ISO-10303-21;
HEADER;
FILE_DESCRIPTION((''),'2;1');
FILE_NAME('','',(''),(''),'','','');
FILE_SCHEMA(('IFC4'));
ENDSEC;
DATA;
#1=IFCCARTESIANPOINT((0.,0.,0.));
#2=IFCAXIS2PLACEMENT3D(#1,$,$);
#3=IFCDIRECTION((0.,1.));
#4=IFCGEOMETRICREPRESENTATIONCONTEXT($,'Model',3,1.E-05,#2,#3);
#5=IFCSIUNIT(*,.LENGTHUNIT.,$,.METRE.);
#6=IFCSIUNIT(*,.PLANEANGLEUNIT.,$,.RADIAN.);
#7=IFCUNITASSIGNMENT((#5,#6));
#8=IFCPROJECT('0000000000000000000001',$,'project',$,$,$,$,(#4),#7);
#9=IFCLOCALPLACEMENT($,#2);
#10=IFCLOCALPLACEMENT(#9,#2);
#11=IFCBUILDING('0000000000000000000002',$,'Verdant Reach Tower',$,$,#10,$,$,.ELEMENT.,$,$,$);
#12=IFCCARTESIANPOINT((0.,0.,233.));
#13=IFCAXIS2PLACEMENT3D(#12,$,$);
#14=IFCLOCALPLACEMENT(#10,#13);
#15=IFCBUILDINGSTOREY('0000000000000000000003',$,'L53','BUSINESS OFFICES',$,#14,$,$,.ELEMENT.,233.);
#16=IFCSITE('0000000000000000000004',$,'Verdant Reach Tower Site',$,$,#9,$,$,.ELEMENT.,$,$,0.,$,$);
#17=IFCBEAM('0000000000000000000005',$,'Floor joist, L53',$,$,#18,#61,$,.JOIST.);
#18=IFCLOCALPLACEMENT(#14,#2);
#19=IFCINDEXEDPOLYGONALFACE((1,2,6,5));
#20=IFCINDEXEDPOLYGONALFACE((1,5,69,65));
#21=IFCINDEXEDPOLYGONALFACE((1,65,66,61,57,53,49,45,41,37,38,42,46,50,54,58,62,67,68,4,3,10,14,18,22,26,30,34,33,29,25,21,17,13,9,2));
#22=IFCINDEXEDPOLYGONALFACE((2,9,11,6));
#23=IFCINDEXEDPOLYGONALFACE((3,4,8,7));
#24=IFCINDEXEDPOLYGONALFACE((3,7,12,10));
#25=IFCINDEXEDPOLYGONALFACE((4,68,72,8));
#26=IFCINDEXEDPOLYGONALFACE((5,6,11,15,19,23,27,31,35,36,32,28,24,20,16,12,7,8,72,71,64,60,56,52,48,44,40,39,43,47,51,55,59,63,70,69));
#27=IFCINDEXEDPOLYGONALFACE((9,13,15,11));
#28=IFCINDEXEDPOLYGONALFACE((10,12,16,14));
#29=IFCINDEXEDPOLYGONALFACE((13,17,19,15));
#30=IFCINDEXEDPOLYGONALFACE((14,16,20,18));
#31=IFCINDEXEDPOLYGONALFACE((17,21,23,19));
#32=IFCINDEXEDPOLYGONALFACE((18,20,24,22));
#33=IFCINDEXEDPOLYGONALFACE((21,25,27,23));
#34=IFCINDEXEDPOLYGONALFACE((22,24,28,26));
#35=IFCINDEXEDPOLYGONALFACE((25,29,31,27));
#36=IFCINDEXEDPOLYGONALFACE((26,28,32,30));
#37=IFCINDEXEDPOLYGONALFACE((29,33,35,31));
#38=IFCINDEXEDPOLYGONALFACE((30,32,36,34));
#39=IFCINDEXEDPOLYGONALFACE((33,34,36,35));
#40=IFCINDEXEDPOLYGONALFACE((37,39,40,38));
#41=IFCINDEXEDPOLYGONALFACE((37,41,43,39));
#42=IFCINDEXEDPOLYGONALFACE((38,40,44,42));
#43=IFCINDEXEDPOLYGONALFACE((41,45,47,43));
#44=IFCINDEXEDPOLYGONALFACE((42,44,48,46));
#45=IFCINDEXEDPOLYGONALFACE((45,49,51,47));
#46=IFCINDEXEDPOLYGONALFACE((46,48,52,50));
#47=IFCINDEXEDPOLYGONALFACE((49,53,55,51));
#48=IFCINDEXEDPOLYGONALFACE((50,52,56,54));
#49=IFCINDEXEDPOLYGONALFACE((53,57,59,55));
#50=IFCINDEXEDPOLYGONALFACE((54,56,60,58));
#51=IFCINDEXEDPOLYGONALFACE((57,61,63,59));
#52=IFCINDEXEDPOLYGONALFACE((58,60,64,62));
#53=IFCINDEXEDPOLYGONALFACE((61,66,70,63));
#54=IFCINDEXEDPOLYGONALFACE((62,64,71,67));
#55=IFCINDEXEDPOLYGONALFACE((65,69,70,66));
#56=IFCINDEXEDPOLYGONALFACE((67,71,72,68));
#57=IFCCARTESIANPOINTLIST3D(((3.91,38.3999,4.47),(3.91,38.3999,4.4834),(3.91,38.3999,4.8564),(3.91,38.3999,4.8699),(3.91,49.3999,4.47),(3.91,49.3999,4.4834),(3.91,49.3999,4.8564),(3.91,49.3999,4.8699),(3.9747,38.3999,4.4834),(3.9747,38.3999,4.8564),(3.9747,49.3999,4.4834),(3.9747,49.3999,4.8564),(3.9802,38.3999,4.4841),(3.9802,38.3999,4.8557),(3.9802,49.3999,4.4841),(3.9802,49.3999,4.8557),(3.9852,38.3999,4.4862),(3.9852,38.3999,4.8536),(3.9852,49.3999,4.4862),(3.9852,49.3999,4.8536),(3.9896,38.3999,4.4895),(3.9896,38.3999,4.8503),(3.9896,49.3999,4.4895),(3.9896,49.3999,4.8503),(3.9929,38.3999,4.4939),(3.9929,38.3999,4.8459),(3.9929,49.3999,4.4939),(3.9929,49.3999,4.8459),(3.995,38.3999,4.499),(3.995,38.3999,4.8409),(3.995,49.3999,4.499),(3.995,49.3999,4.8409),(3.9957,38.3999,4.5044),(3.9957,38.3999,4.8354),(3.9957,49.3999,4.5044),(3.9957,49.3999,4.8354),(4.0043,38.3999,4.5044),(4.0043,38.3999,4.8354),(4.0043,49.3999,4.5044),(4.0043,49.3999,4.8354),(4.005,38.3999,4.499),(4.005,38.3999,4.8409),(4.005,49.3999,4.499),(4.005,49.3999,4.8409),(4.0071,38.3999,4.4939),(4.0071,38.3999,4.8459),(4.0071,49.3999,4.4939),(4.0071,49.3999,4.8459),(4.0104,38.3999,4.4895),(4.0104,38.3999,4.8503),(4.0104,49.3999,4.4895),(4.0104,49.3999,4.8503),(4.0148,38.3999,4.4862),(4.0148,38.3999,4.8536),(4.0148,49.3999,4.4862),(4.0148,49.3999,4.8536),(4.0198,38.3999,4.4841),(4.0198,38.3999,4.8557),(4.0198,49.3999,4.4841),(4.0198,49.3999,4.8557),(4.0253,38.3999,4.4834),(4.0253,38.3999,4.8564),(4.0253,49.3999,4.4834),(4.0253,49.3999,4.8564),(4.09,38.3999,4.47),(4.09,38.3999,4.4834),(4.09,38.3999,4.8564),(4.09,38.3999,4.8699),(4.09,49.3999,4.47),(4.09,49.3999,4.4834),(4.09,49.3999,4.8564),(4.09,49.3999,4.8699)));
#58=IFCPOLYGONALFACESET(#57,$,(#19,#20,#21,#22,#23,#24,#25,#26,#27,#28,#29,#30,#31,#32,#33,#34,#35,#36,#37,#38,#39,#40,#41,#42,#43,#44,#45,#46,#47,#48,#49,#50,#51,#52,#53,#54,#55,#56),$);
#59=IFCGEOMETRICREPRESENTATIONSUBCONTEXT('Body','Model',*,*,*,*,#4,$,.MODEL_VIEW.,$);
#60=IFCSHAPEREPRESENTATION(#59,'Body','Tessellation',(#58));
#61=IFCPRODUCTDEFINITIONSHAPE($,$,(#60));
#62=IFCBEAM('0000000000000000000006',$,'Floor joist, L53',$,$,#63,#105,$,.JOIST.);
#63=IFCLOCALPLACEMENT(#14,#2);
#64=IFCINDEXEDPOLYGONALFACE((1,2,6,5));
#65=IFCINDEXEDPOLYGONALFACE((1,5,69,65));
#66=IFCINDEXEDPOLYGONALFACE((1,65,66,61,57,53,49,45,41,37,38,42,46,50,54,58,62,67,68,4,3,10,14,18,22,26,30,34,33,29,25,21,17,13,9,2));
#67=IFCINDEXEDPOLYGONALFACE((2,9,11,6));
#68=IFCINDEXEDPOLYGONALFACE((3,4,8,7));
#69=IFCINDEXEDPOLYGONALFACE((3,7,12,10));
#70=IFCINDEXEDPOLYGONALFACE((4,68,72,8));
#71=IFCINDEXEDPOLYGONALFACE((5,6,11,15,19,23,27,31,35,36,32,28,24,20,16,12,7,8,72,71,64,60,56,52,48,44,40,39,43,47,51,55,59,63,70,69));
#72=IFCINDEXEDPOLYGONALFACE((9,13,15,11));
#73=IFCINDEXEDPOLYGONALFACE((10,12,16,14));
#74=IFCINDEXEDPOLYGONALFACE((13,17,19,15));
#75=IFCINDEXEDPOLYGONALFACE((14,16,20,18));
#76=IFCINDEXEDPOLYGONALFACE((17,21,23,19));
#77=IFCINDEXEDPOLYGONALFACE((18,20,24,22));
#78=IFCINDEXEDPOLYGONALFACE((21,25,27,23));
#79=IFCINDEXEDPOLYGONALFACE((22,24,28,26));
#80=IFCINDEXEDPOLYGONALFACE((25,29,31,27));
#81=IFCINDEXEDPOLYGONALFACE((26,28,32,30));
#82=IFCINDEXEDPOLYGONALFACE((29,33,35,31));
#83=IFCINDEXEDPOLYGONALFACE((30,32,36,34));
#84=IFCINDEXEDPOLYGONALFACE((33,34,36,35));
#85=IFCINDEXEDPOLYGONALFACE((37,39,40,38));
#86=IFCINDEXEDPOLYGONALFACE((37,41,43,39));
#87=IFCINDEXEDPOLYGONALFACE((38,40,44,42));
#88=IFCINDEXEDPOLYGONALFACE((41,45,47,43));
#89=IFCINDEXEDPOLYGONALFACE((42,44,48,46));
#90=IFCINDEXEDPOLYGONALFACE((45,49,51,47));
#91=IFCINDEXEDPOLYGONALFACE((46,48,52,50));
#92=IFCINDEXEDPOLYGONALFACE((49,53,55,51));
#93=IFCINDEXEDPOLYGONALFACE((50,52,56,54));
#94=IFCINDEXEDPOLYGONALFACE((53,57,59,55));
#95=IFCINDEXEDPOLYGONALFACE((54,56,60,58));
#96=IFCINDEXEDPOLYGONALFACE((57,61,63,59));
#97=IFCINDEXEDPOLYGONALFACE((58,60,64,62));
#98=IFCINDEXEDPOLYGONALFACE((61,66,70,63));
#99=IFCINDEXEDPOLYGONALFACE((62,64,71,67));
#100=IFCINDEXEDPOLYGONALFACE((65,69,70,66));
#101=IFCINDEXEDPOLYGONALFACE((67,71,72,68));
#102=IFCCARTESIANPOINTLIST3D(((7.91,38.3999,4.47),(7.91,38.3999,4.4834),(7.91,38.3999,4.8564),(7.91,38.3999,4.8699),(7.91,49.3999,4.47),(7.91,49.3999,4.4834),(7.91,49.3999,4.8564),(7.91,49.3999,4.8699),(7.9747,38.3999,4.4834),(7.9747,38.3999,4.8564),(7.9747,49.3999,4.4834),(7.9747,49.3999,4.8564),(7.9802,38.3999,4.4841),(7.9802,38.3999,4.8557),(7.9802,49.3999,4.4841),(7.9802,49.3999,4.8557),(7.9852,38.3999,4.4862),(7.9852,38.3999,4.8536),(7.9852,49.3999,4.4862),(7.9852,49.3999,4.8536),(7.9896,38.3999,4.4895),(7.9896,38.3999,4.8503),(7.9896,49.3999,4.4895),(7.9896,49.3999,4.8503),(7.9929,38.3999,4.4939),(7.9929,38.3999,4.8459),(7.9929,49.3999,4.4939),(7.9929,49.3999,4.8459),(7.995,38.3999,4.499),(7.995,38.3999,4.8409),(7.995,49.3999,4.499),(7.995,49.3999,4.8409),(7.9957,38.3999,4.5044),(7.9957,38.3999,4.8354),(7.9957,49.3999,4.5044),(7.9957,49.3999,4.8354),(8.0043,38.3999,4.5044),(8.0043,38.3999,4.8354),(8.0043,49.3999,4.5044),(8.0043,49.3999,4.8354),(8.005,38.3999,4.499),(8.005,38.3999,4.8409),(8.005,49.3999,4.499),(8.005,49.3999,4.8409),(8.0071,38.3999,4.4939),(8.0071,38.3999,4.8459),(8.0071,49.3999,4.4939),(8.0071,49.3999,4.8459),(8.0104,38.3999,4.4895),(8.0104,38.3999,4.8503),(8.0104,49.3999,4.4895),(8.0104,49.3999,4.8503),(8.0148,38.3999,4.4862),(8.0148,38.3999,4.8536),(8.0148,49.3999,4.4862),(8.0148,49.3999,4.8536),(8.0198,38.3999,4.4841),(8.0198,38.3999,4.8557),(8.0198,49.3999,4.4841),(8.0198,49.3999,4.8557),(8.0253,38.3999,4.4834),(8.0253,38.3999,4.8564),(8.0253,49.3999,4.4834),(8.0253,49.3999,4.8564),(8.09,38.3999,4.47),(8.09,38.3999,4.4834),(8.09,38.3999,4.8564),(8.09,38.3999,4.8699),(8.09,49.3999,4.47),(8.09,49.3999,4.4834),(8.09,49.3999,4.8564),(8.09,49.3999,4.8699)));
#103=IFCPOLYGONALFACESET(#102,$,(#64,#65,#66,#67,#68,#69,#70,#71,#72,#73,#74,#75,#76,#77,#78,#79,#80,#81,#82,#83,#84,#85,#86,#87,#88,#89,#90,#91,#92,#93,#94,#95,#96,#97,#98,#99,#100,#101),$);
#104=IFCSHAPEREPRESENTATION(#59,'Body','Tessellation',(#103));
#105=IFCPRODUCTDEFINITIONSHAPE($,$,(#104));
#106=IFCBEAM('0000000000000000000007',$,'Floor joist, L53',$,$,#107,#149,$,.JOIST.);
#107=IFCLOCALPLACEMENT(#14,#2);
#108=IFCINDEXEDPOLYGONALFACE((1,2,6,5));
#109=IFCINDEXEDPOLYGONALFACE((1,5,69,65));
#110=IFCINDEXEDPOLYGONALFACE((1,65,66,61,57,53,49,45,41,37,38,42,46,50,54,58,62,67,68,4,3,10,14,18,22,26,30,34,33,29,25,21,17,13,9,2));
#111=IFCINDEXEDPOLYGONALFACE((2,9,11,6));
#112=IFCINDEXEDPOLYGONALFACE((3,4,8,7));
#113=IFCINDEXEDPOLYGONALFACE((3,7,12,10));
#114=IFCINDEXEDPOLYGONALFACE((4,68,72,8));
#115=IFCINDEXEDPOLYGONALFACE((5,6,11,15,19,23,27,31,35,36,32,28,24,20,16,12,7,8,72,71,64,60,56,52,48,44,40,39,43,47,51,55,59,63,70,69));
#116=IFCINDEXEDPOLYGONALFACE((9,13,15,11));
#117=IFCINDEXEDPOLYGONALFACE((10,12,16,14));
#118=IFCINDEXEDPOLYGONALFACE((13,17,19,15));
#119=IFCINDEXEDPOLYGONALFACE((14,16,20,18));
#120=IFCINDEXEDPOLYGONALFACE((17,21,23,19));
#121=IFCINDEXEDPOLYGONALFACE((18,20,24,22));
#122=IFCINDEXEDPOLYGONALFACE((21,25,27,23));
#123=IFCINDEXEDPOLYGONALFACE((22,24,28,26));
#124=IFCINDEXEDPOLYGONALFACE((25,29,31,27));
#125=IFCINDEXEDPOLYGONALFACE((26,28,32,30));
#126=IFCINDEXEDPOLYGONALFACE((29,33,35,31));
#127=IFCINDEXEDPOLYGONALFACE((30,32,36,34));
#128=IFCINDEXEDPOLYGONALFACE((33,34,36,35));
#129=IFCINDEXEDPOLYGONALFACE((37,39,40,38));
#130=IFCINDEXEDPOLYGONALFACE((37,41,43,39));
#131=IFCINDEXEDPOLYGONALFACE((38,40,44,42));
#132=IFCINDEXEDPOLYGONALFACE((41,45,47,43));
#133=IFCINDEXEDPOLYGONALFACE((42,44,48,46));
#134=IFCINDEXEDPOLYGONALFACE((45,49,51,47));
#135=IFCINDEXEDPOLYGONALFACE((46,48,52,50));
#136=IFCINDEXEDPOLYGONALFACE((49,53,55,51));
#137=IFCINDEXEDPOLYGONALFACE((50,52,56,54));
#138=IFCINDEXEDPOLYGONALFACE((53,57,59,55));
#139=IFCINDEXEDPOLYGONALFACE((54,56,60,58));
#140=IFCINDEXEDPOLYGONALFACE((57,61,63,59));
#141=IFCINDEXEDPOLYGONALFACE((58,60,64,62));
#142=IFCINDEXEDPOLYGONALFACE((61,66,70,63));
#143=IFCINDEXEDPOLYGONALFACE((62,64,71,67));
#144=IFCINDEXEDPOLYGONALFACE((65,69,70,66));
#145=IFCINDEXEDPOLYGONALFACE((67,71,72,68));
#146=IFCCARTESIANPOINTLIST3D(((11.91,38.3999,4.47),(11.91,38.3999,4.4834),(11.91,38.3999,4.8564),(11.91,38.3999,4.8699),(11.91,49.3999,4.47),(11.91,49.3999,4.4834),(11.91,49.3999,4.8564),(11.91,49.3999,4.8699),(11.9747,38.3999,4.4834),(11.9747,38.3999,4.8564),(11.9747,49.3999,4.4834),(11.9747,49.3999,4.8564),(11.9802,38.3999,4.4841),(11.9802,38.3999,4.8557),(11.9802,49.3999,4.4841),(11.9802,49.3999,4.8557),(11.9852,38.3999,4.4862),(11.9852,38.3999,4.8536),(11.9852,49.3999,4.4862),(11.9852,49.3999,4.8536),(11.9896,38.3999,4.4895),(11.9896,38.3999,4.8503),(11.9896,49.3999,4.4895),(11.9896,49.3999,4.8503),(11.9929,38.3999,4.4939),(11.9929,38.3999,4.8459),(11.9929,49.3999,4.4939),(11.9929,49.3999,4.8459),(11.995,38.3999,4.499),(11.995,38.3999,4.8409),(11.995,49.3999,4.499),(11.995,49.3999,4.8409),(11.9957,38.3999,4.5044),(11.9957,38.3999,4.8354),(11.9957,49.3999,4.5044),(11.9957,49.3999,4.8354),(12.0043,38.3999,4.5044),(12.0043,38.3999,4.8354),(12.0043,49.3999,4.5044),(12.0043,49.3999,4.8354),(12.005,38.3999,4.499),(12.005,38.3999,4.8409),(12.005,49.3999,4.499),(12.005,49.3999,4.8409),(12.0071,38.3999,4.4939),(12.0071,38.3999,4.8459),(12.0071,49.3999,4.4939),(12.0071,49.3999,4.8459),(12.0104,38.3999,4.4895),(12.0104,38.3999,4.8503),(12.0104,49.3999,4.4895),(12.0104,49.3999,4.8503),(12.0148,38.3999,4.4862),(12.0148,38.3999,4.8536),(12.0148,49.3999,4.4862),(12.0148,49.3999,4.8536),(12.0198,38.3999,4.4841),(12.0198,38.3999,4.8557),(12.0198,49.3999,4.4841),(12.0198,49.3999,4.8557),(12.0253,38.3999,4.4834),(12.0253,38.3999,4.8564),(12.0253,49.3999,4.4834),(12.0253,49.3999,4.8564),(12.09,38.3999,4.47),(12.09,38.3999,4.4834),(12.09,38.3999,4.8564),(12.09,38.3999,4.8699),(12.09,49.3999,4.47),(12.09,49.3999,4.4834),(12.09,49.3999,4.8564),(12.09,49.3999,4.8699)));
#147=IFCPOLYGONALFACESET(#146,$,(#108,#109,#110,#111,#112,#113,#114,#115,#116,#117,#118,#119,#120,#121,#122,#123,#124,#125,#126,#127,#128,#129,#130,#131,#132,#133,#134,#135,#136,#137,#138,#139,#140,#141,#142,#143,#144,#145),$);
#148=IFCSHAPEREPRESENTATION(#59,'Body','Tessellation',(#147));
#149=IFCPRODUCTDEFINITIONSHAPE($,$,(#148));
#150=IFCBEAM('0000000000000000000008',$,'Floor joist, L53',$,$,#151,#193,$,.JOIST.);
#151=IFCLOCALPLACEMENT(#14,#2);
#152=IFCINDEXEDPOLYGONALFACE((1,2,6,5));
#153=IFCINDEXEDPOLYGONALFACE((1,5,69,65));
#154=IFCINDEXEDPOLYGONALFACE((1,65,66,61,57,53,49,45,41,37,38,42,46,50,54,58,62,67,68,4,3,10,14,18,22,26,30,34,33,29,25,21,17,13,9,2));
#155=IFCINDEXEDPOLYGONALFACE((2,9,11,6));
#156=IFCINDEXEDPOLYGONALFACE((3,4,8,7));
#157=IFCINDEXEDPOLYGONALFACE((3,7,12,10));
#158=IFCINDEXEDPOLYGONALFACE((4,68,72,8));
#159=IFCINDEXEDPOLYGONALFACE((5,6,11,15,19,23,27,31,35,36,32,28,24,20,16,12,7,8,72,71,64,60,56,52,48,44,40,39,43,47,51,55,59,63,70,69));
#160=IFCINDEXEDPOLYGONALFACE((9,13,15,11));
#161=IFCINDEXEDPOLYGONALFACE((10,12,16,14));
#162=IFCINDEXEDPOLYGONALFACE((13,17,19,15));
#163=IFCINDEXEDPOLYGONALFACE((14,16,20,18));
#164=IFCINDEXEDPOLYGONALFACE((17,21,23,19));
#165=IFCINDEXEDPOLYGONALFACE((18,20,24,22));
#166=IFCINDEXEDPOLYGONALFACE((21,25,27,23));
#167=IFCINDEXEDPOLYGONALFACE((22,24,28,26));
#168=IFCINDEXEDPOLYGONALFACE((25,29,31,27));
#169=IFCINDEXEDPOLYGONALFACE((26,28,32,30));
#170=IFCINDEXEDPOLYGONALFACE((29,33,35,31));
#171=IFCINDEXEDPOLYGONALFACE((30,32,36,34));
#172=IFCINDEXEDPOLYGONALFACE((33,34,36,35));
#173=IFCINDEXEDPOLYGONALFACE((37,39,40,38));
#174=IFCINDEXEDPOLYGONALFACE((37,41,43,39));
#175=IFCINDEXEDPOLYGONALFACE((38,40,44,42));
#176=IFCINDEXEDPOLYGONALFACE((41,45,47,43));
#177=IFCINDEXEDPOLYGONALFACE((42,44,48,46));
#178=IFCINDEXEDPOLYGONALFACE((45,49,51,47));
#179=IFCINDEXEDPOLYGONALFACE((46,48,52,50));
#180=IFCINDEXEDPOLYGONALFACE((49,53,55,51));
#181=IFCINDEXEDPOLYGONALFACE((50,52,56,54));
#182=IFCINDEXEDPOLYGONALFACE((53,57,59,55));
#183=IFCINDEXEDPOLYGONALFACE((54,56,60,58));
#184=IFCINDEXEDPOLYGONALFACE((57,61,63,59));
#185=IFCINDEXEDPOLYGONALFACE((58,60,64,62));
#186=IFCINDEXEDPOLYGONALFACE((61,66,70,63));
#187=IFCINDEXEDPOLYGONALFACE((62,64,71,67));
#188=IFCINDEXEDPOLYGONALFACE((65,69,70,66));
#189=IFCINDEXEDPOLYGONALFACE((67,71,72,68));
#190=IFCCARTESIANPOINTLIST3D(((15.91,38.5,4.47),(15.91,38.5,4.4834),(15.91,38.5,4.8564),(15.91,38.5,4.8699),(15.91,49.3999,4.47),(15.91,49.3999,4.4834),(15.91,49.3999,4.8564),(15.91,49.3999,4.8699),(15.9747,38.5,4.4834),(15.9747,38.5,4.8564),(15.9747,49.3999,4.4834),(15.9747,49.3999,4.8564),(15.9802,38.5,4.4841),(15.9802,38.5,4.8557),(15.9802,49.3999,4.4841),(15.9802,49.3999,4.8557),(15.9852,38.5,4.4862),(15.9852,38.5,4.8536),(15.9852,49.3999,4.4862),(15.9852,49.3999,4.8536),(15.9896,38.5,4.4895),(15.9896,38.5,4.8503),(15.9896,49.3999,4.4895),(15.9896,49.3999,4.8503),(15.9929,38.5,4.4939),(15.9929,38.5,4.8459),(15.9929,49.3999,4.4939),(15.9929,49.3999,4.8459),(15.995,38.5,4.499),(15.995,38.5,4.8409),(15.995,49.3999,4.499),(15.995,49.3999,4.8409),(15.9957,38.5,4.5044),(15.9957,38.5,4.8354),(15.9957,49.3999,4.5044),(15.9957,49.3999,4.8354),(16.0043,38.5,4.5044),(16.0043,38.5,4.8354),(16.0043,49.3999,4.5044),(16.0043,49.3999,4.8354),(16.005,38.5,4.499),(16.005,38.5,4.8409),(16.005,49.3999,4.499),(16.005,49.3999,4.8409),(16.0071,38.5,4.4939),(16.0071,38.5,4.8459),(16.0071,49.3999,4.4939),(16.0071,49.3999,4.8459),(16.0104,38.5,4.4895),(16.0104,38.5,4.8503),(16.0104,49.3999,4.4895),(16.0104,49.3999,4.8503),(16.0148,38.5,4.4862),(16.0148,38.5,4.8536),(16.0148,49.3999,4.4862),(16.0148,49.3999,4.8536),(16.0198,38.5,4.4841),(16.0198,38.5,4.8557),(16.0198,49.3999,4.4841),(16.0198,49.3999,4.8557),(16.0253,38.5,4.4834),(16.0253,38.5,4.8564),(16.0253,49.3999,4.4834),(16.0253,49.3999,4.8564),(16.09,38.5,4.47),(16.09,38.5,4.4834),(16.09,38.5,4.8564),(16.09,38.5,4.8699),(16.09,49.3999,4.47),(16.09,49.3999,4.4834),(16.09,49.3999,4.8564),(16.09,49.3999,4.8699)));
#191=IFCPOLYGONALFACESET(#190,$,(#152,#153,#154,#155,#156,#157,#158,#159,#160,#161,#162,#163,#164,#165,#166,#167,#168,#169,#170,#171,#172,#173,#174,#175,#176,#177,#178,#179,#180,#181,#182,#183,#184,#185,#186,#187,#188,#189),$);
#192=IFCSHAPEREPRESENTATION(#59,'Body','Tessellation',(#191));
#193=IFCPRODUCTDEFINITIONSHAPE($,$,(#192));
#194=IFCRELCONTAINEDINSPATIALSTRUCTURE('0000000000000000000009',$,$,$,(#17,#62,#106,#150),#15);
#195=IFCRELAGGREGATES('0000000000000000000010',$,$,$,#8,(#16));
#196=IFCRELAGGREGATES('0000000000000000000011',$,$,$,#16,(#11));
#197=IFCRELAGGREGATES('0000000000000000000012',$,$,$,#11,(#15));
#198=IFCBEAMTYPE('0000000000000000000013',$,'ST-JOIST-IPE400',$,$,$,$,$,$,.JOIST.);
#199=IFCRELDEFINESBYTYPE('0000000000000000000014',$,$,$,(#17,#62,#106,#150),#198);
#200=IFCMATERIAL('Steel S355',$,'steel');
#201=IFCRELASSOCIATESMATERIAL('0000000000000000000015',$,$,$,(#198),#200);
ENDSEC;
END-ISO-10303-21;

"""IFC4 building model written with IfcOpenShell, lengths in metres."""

from ifc_helpers import new_model, si_unit, direction, frame, origin, origin_2d, place, context, subcontext, project, spatial, i_section, extrude, material, material_profile, profile_set, type_object, element, save


model = new_model("IFC4")

# Units and contexts
model_context = context("Model", 3, precision=1e-05, world=origin(), true_north=direction((0.0, 1.0)))
body_context = subcontext(model_context, "Body", "Model", "MODEL_VIEW")
ifc_project = project(units=[si_unit("LENGTHUNIT", "METRE"), si_unit("PLANEANGLEUNIT", "RADIAN")], contexts=[model_context])

# Site, building, storey
site_placement = place(None, origin())
site = spatial("IfcSite", under=ifc_project, at=site_placement, Name="Verdant Reach Tower Site", CompositionType="ELEMENT", RefElevation=0.0)
building_placement = place(site_placement, origin())
building = spatial("IfcBuilding", under=site, at=building_placement, Name="Verdant Reach Tower", CompositionType="ELEMENT")
storey_placement = place(building_placement, frame((0.0, 0.0, 233.0)))
storey = spatial("IfcBuildingStorey", under=building, at=storey_placement, Name="L53", Description="BUSINESS OFFICES", CompositionType="ELEMENT", Elevation=233.0)

# Beams
ifc_material_1 = material(Name="Steel S355", Category="steel")
ifc_material_profile_1 = material_profile(ifc_material_1, i_section(OverallWidth=0.1799, OverallDepth=0.3999, WebThickness=0.0085, FlangeThickness=0.0134, FilletRadius=0.021, at=origin_2d()), Name="IPE 400")
ifc_profile_set_1 = profile_set([ifc_material_profile_1], Name="Steel S355")
beam_type_1 = type_object("IfcBeamType", Name="ST-JOIST-IPE400", PredefinedType="JOIST", material=ifc_profile_set_1)
for number, where, z_axis, x_axis, name in (
    (1, (4.0, 38.3999, 4.6699), (0.0, 1.0, 0.0), (-1.0, 0.0, 0.0), "Floor joist, L53"),
    (2, (8.0, 38.3999, 4.6699), (0.0, 1.0, 0.0), (-1.0, 0.0, 0.0), "Floor joist, L53"),
    (3, (12.0, 38.3999, 4.6699), (0.0, 1.0, 0.0), (-1.0, 0.0, 0.0), "Floor joist, L53"),
):
    element("IfcBeam", number, at=place(storey_placement, frame(where, z_axis=z_axis, x_axis=x_axis)), inside=storey, type_object=beam_type_1, Name=name, PredefinedType="JOIST", context=body_context, shape_type="SweptSolid", body=[
        extrude(i_section(OverallWidth=0.1799, OverallDepth=0.3999, WebThickness=0.0085, FlangeThickness=0.0134, FilletRadius=0.021, at=origin_2d()), origin(), (0.0, 0.0, 1.0), 11.0),
    ])
beam_1_placement = place(storey_placement, frame((16.0, 38.5, 4.6699), z_axis=(0.0, 1.0, 0.0), x_axis=(-1.0, 0.0, 0.0)))
element("IfcBeam", 4, at=beam_1_placement, inside=storey, type_object=beam_type_1, Name="Floor joist, L53", PredefinedType="JOIST", context=body_context, shape_type="SweptSolid", body=[
    extrude(i_section(OverallWidth=0.1799, OverallDepth=0.3999, WebThickness=0.0085, FlangeThickness=0.0134, FilletRadius=0.021, at=origin_2d()), origin(), (0.0, 0.0, 1.0), 10.8999),
])

save(model, "model.ifc")
